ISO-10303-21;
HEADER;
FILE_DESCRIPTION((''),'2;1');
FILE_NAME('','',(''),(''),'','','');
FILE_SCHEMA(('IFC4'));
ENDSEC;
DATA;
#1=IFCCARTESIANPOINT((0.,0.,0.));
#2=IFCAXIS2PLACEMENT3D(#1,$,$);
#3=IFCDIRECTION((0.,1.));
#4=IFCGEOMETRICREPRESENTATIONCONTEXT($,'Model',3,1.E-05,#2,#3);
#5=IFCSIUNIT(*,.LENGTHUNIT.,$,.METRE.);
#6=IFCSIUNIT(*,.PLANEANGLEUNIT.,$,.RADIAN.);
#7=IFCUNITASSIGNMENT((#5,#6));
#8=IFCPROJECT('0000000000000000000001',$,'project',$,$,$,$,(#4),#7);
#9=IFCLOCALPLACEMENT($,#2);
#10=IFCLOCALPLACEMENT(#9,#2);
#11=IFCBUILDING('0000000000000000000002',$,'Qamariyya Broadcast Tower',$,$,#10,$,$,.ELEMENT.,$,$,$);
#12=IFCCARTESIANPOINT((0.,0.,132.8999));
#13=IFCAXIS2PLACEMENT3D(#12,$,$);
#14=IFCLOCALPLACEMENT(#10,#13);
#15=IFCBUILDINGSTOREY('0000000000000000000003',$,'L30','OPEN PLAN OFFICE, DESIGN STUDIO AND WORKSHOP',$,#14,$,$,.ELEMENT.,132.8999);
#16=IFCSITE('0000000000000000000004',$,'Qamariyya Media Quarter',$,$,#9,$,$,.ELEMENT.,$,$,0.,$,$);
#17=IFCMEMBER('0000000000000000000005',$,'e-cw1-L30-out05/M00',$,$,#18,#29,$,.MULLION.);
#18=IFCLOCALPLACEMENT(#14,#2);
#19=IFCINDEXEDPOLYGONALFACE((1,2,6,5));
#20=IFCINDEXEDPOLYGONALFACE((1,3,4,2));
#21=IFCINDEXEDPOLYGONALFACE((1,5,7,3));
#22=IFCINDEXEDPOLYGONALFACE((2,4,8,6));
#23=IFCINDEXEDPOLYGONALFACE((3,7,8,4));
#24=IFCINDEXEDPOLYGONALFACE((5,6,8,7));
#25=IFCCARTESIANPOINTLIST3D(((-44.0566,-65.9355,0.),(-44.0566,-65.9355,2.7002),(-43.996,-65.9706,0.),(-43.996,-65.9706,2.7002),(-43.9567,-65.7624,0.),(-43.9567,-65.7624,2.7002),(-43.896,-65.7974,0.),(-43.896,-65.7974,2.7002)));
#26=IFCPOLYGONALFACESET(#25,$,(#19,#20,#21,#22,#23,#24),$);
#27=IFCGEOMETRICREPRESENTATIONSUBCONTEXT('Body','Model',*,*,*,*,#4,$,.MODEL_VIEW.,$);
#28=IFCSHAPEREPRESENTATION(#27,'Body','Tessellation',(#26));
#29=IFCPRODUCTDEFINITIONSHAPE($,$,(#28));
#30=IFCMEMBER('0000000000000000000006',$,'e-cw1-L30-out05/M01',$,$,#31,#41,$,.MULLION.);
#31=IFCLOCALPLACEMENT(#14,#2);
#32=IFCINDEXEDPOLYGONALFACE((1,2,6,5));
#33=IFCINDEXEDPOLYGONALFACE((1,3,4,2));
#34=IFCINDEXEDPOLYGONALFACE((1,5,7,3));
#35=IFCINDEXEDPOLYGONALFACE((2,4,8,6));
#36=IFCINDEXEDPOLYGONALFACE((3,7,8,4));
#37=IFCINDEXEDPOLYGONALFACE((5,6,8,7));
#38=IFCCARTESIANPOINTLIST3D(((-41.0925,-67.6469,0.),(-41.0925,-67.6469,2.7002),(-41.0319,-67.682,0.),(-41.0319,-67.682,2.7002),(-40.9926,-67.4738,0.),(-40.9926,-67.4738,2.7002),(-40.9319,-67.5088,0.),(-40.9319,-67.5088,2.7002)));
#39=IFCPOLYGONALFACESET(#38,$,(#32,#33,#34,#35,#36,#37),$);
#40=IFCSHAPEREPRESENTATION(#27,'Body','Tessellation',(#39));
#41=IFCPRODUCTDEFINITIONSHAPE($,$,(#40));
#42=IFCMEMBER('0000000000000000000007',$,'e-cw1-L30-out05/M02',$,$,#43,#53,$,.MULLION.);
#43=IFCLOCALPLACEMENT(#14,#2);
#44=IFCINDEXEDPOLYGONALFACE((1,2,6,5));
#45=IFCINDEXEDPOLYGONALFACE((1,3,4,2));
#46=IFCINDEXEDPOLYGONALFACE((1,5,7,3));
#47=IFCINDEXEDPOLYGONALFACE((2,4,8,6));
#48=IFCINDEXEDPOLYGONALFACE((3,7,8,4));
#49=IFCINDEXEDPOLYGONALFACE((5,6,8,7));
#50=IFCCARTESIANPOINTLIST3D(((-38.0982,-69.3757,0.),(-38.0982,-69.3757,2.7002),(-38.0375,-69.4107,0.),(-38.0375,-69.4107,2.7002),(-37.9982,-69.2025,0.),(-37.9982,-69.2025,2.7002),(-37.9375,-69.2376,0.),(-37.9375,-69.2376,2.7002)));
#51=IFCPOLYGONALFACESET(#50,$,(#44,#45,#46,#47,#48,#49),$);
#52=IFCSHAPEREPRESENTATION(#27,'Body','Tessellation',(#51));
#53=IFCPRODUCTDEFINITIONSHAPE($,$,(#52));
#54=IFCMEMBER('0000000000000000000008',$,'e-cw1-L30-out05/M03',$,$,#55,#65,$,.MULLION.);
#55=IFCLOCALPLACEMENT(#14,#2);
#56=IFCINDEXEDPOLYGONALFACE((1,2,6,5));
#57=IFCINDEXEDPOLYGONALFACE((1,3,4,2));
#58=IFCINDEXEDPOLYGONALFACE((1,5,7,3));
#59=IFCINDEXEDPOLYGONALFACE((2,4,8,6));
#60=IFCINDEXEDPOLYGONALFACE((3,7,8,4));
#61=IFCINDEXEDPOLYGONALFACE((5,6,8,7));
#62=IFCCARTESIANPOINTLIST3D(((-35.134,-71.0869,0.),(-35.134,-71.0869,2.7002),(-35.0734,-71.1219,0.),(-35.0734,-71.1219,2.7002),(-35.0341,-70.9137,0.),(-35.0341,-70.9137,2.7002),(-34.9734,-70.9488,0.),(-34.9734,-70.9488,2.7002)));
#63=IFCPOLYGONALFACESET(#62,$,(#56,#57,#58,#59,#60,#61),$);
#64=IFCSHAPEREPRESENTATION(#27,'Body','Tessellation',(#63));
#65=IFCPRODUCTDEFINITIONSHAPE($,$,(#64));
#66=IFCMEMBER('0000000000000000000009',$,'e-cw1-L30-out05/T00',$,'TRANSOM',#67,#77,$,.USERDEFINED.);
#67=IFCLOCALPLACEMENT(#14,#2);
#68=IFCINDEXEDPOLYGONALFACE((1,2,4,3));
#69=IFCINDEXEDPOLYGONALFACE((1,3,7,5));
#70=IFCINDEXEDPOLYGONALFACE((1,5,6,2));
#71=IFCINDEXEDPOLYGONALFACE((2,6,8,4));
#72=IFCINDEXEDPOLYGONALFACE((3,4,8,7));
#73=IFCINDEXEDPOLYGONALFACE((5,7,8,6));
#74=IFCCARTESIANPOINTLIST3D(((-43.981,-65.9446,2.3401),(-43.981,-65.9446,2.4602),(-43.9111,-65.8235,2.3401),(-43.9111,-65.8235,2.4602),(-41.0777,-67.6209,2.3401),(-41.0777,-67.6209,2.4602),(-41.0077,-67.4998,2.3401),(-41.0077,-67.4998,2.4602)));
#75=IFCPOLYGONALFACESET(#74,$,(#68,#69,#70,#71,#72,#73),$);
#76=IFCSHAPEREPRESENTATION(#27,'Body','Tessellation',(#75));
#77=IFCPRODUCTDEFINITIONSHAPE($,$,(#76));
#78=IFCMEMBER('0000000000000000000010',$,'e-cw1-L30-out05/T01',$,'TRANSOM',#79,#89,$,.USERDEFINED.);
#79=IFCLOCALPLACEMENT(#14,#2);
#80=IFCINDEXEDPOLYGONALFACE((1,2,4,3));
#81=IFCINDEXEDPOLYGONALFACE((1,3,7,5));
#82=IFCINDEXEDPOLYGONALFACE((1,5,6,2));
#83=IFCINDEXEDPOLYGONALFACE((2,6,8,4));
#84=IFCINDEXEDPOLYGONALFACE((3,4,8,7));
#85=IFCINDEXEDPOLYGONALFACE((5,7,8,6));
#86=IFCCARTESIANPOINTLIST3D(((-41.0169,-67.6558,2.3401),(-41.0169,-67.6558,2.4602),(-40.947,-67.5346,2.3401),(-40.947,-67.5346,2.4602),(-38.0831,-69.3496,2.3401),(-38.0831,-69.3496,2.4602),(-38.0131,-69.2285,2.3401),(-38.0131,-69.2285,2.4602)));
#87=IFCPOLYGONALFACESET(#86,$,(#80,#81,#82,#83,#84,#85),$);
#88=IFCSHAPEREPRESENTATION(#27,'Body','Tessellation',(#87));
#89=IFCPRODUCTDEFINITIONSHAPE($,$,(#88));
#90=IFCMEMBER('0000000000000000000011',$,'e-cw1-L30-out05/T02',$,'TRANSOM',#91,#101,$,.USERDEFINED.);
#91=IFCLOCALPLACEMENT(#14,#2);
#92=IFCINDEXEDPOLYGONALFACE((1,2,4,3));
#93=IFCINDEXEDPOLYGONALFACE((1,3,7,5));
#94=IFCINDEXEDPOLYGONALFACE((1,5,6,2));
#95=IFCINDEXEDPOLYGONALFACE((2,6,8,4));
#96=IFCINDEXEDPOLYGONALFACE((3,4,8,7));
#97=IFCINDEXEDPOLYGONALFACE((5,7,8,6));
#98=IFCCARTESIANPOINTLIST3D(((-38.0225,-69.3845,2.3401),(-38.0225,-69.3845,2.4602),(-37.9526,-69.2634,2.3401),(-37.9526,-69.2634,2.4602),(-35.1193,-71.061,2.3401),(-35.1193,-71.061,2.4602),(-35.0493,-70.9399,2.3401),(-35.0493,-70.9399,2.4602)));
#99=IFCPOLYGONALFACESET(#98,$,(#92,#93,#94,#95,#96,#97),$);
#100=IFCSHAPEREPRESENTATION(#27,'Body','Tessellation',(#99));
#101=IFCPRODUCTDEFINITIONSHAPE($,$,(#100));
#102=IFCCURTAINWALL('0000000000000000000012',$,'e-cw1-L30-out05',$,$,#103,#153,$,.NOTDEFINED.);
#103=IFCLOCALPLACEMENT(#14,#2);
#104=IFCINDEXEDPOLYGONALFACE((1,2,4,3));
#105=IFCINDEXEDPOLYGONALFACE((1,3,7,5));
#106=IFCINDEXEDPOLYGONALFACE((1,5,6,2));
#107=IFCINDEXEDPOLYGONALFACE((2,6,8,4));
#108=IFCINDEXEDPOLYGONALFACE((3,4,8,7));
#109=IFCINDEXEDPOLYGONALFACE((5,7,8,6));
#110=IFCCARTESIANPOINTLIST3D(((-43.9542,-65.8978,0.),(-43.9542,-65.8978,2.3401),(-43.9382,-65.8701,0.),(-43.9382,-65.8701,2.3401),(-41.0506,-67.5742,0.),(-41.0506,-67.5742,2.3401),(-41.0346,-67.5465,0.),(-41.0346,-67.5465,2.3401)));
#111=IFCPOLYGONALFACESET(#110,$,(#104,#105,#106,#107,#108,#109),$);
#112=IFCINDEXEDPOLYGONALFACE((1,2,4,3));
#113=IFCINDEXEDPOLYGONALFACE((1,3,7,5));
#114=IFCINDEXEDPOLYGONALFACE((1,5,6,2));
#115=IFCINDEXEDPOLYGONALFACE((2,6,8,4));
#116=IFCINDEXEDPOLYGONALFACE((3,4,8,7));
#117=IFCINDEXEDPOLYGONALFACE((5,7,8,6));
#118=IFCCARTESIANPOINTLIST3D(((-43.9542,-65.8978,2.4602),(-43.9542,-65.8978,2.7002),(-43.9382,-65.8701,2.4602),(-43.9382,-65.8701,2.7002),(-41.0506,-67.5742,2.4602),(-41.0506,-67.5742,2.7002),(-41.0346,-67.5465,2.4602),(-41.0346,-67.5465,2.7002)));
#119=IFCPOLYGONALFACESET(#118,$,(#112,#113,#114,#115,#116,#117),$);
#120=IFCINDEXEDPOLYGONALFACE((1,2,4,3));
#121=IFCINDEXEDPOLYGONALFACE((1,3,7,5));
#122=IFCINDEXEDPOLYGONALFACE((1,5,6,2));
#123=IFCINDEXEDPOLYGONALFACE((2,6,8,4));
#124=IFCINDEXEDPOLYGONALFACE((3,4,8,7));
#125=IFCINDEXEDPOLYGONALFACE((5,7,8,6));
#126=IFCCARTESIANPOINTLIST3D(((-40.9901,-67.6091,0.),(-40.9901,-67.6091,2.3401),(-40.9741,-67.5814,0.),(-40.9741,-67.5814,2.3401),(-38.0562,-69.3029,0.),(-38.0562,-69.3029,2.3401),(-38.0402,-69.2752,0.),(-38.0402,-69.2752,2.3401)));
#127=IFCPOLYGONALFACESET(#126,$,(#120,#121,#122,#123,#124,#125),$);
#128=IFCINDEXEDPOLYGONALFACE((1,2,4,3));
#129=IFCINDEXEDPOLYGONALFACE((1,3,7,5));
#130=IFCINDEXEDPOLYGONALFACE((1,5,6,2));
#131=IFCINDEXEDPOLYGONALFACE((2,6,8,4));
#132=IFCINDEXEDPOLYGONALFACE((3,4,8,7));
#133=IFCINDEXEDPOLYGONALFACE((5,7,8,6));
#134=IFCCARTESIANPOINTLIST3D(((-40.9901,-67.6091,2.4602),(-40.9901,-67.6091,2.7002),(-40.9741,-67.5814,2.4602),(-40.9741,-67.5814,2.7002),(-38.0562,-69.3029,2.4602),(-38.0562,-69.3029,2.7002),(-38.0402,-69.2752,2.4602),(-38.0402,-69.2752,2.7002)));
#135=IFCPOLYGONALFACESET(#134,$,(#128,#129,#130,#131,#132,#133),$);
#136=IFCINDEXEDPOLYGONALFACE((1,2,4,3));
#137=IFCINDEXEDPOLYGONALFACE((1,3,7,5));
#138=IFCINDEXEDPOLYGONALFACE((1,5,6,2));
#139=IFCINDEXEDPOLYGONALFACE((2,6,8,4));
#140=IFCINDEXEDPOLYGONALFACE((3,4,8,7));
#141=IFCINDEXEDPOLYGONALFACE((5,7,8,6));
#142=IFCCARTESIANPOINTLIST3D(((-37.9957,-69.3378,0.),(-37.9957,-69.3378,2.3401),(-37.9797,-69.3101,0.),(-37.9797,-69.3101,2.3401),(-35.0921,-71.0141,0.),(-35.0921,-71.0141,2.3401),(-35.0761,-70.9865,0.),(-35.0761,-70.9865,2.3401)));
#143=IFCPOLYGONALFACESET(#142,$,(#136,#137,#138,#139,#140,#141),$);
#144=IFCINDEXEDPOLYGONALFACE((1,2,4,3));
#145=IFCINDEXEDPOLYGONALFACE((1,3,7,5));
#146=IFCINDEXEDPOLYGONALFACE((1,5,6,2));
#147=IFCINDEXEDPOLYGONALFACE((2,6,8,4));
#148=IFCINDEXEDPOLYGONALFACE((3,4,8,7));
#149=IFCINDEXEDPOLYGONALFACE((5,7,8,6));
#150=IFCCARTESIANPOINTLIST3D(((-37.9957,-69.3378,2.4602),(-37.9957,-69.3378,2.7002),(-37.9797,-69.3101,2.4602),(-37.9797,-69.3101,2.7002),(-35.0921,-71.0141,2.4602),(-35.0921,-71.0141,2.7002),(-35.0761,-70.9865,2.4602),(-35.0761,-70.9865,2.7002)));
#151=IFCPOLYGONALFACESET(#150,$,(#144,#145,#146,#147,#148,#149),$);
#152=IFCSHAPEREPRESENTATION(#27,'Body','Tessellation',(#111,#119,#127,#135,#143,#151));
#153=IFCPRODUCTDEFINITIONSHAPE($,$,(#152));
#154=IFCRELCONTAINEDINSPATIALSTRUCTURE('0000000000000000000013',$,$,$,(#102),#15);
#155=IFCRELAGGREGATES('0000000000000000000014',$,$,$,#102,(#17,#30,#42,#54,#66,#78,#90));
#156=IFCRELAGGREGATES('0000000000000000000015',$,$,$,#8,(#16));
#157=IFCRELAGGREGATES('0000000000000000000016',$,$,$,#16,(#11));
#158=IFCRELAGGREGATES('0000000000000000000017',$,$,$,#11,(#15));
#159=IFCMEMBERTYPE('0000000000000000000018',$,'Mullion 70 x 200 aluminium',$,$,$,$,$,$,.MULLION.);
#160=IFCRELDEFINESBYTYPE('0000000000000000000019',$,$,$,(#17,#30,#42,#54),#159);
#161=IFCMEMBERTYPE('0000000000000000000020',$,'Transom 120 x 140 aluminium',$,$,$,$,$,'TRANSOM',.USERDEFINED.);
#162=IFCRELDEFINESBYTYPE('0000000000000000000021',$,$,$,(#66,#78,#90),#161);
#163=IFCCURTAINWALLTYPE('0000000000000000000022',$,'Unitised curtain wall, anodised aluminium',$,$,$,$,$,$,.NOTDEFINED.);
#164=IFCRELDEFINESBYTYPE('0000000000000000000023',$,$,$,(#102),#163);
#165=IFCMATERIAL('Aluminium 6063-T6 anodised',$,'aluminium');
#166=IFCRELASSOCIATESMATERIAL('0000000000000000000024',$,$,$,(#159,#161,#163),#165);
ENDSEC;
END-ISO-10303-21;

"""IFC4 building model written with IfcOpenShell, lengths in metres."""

from ifc_helpers import new_model, si_unit, direction, frame, origin, origin_2d, place, context, subcontext, project, spatial, rectangle, extrude, material, material_profile, profile_set, type_object, element, aggregate, save


model = new_model("IFC4")

# Units and contexts
model_context = context("Model", 3, precision=1e-05, world=origin(), true_north=direction((0.0, 1.0)))
body_context = subcontext(model_context, "Body", "Model", "MODEL_VIEW")
ifc_project = project(units=[si_unit("LENGTHUNIT", "METRE"), si_unit("PLANEANGLEUNIT", "RADIAN")], contexts=[model_context])

# Members
ifc_material = material(Name="Aluminium 6063-T6 anodised", Category="aluminium")
ifc_material_profile_1 = material_profile(ifc_material, rectangle(XDim=0.2, YDim=0.0701, at=origin_2d()))
ifc_profile_set_1 = profile_set([ifc_material_profile_1], Name="Aluminium 6063-T6 anodised")
member_type_1 = type_object("IfcMemberType", Name="Mullion 70 x 200 aluminium", PredefinedType="MULLION", material=ifc_profile_set_1)
site_placement = place(None, origin())
building_placement = place(site_placement, origin())
storey_placement = place(building_placement, frame((0.0, 0.0, 132.8999)))
member_1_placement = place(storey_placement, frame((-43.9763, -65.8665, 0.0), z_axis=(0.0, 0.0, 1.0), x_axis=(0.5, 0.866025, 0.0)))
member_1 = element("IfcMember", 1, at=member_1_placement, type_object=member_type_1, Name="e-cw1-L30-out05/M00", PredefinedType="MULLION", context=body_context, shape_type="SweptSolid", body=[
    extrude(rectangle(XDim=0.2, YDim=0.0701, at=origin_2d()), origin(), (0.0, 0.0, 1.0), 2.7002),
])
member_2_placement = place(storey_placement, frame((-41.0122, -67.5779, 0.0), z_axis=(0.0, 0.0, 1.0), x_axis=(0.5, 0.866025, 0.0)))
member_2 = element("IfcMember", 2, at=member_2_placement, type_object=member_type_1, Name="e-cw1-L30-out05/M01", PredefinedType="MULLION", context=body_context, shape_type="SweptSolid", body=[
    extrude(rectangle(XDim=0.2, YDim=0.0701, at=origin_2d()), origin(), (0.0, 0.0, 1.0), 2.7002),
])
member_3_placement = place(storey_placement, frame((-38.0178, -69.3066, 0.0), z_axis=(0.0, 0.0, 1.0), x_axis=(0.5, 0.866025, 0.0)))
member_3 = element("IfcMember", 3, at=member_3_placement, type_object=member_type_1, Name="e-cw1-L30-out05/M02", PredefinedType="MULLION", context=body_context, shape_type="SweptSolid", body=[
    extrude(rectangle(XDim=0.2, YDim=0.0701, at=origin_2d()), origin(), (0.0, 0.0, 1.0), 2.7002),
])
member_4_placement = place(storey_placement, frame((-35.0537, -71.0178, 0.0), z_axis=(0.0, 0.0, 1.0), x_axis=(0.5, 0.866025, 0.0)))
member_4 = element("IfcMember", 4, at=member_4_placement, type_object=member_type_1, Name="e-cw1-L30-out05/M03", PredefinedType="MULLION", context=body_context, shape_type="SweptSolid", body=[
    extrude(rectangle(XDim=0.2, YDim=0.0701, at=origin_2d()), origin(), (0.0, 0.0, 1.0), 2.7002),
])
ifc_material_profile_2 = material_profile(ifc_material, rectangle(XDim=0.1399, YDim=0.1201, at=origin_2d()))
ifc_profile_set_2 = profile_set([ifc_material_profile_2], Name="Aluminium 6063-T6 anodised")
member_type_2 = type_object("IfcMemberType", Name="Transom 120 x 140 aluminium", ElementType="TRANSOM", PredefinedType="USERDEFINED", material=ifc_profile_set_2)
member_5_placement = place(storey_placement, frame((-43.946, -65.884, 2.4001), z_axis=(0.866021, -0.500008, 0.0), x_axis=(0.500008, 0.866021, 0.0)))
member_5 = element("IfcMember", 5, at=member_5_placement, type_object=member_type_2, Name="e-cw1-L30-out05/T00", ObjectType="TRANSOM", PredefinedType="USERDEFINED", context=body_context, shape_type="SweptSolid", body=[
    extrude(rectangle(XDim=0.1399, YDim=0.1201, at=origin_2d()), origin(), (0.0, 0.0, 1.0), 3.3525),
])
member_6_placement = place(storey_placement, frame((-40.9819, -67.5952, 2.4001), z_axis=(0.866026, -0.499999, 0.0), x_axis=(0.499999, 0.866026, 0.0)))
member_6 = element("IfcMember", 6, at=member_6_placement, type_object=member_type_2, Name="e-cw1-L30-out05/T01", ObjectType="TRANSOM", PredefinedType="USERDEFINED", context=body_context, shape_type="SweptSolid", body=[
    extrude(rectangle(XDim=0.1399, YDim=0.1201, at=origin_2d()), origin(), (0.0, 0.0, 1.0), 3.3877),
])
member_7_placement = place(storey_placement, frame((-37.9875, -69.324, 2.4001), z_axis=(0.865989, -0.500063, 0.0), x_axis=(0.500063, 0.865989, 0.0)))
member_7 = element("IfcMember", 7, at=member_7_placement, type_object=member_type_2, Name="e-cw1-L30-out05/T02", ObjectType="TRANSOM", PredefinedType="USERDEFINED", context=body_context, shape_type="SweptSolid", body=[
    extrude(rectangle(XDim=0.1399, YDim=0.1201, at=origin_2d()), origin(), (0.0, 0.0, 1.0), 3.3525),
])

# Site, building, storey
site = spatial("IfcSite", under=ifc_project, at=site_placement, Name="Qamariyya Media Quarter", CompositionType="ELEMENT", RefElevation=0.0)
building = spatial("IfcBuilding", under=site, at=building_placement, Name="Qamariyya Broadcast Tower", CompositionType="ELEMENT")
storey = spatial("IfcBuildingStorey", under=building, at=storey_placement, Name="L30", Description="OPEN PLAN OFFICE, DESIGN STUDIO AND WORKSHOP", CompositionType="ELEMENT", Elevation=132.8999)

# Curtain wall
curtain_wall_type = type_object("IfcCurtainWallType", Name="Unitised curtain wall, anodised aluminium", PredefinedType="NOTDEFINED", material=ifc_material)
curtain_wall_1_placement = place(storey_placement, origin())
curtain_wall_1 = element("IfcCurtainWall", 8, at=curtain_wall_1_placement, inside=storey, type_object=curtain_wall_type, Name="e-cw1-L30-out05", PredefinedType="NOTDEFINED", context=body_context, shape_type="SweptSolid", body=[
    extrude(rectangle(XDim=3.3528, YDim=0.032, at=origin_2d()), frame((-42.4944, -66.7222, 0.0), x_axis=(0.866027, -0.499997, 0.0)), (0.0, 0.0, 1.0), 2.3401),
    extrude(rectangle(XDim=3.3528, YDim=0.032, at=origin_2d()), frame((-42.4944, -66.7222, 2.4602), x_axis=(0.866027, -0.499997, 0.0)), (0.0, 0.0, 1.0), 0.24),
    extrude(rectangle(XDim=3.3877, YDim=0.032, at=origin_2d()), frame((-39.5151, -68.4421, 0.0), x_axis=(0.866027, -0.499997, 0.0)), (0.0, 0.0, 1.0), 2.3401),
    extrude(rectangle(XDim=3.3877, YDim=0.032, at=origin_2d()), frame((-39.5151, -68.4421, 2.4602), x_axis=(0.866027, -0.499997, 0.0)), (0.0, 0.0, 1.0), 0.24),
    extrude(rectangle(XDim=3.3528, YDim=0.032, at=origin_2d()), frame((-36.5359, -70.1621, 0.0), x_axis=(0.866027, -0.499997, 0.0)), (0.0, 0.0, 1.0), 2.3401),
    extrude(rectangle(XDim=3.3528, YDim=0.032, at=origin_2d()), frame((-36.5359, -70.1621, 2.4602), x_axis=(0.866027, -0.499997, 0.0)), (0.0, 0.0, 1.0), 0.24),
])
aggregate(curtain_wall_1, [member_1, member_2, member_3, member_4, member_5, member_6, member_7])

save(model, "model.ifc")
